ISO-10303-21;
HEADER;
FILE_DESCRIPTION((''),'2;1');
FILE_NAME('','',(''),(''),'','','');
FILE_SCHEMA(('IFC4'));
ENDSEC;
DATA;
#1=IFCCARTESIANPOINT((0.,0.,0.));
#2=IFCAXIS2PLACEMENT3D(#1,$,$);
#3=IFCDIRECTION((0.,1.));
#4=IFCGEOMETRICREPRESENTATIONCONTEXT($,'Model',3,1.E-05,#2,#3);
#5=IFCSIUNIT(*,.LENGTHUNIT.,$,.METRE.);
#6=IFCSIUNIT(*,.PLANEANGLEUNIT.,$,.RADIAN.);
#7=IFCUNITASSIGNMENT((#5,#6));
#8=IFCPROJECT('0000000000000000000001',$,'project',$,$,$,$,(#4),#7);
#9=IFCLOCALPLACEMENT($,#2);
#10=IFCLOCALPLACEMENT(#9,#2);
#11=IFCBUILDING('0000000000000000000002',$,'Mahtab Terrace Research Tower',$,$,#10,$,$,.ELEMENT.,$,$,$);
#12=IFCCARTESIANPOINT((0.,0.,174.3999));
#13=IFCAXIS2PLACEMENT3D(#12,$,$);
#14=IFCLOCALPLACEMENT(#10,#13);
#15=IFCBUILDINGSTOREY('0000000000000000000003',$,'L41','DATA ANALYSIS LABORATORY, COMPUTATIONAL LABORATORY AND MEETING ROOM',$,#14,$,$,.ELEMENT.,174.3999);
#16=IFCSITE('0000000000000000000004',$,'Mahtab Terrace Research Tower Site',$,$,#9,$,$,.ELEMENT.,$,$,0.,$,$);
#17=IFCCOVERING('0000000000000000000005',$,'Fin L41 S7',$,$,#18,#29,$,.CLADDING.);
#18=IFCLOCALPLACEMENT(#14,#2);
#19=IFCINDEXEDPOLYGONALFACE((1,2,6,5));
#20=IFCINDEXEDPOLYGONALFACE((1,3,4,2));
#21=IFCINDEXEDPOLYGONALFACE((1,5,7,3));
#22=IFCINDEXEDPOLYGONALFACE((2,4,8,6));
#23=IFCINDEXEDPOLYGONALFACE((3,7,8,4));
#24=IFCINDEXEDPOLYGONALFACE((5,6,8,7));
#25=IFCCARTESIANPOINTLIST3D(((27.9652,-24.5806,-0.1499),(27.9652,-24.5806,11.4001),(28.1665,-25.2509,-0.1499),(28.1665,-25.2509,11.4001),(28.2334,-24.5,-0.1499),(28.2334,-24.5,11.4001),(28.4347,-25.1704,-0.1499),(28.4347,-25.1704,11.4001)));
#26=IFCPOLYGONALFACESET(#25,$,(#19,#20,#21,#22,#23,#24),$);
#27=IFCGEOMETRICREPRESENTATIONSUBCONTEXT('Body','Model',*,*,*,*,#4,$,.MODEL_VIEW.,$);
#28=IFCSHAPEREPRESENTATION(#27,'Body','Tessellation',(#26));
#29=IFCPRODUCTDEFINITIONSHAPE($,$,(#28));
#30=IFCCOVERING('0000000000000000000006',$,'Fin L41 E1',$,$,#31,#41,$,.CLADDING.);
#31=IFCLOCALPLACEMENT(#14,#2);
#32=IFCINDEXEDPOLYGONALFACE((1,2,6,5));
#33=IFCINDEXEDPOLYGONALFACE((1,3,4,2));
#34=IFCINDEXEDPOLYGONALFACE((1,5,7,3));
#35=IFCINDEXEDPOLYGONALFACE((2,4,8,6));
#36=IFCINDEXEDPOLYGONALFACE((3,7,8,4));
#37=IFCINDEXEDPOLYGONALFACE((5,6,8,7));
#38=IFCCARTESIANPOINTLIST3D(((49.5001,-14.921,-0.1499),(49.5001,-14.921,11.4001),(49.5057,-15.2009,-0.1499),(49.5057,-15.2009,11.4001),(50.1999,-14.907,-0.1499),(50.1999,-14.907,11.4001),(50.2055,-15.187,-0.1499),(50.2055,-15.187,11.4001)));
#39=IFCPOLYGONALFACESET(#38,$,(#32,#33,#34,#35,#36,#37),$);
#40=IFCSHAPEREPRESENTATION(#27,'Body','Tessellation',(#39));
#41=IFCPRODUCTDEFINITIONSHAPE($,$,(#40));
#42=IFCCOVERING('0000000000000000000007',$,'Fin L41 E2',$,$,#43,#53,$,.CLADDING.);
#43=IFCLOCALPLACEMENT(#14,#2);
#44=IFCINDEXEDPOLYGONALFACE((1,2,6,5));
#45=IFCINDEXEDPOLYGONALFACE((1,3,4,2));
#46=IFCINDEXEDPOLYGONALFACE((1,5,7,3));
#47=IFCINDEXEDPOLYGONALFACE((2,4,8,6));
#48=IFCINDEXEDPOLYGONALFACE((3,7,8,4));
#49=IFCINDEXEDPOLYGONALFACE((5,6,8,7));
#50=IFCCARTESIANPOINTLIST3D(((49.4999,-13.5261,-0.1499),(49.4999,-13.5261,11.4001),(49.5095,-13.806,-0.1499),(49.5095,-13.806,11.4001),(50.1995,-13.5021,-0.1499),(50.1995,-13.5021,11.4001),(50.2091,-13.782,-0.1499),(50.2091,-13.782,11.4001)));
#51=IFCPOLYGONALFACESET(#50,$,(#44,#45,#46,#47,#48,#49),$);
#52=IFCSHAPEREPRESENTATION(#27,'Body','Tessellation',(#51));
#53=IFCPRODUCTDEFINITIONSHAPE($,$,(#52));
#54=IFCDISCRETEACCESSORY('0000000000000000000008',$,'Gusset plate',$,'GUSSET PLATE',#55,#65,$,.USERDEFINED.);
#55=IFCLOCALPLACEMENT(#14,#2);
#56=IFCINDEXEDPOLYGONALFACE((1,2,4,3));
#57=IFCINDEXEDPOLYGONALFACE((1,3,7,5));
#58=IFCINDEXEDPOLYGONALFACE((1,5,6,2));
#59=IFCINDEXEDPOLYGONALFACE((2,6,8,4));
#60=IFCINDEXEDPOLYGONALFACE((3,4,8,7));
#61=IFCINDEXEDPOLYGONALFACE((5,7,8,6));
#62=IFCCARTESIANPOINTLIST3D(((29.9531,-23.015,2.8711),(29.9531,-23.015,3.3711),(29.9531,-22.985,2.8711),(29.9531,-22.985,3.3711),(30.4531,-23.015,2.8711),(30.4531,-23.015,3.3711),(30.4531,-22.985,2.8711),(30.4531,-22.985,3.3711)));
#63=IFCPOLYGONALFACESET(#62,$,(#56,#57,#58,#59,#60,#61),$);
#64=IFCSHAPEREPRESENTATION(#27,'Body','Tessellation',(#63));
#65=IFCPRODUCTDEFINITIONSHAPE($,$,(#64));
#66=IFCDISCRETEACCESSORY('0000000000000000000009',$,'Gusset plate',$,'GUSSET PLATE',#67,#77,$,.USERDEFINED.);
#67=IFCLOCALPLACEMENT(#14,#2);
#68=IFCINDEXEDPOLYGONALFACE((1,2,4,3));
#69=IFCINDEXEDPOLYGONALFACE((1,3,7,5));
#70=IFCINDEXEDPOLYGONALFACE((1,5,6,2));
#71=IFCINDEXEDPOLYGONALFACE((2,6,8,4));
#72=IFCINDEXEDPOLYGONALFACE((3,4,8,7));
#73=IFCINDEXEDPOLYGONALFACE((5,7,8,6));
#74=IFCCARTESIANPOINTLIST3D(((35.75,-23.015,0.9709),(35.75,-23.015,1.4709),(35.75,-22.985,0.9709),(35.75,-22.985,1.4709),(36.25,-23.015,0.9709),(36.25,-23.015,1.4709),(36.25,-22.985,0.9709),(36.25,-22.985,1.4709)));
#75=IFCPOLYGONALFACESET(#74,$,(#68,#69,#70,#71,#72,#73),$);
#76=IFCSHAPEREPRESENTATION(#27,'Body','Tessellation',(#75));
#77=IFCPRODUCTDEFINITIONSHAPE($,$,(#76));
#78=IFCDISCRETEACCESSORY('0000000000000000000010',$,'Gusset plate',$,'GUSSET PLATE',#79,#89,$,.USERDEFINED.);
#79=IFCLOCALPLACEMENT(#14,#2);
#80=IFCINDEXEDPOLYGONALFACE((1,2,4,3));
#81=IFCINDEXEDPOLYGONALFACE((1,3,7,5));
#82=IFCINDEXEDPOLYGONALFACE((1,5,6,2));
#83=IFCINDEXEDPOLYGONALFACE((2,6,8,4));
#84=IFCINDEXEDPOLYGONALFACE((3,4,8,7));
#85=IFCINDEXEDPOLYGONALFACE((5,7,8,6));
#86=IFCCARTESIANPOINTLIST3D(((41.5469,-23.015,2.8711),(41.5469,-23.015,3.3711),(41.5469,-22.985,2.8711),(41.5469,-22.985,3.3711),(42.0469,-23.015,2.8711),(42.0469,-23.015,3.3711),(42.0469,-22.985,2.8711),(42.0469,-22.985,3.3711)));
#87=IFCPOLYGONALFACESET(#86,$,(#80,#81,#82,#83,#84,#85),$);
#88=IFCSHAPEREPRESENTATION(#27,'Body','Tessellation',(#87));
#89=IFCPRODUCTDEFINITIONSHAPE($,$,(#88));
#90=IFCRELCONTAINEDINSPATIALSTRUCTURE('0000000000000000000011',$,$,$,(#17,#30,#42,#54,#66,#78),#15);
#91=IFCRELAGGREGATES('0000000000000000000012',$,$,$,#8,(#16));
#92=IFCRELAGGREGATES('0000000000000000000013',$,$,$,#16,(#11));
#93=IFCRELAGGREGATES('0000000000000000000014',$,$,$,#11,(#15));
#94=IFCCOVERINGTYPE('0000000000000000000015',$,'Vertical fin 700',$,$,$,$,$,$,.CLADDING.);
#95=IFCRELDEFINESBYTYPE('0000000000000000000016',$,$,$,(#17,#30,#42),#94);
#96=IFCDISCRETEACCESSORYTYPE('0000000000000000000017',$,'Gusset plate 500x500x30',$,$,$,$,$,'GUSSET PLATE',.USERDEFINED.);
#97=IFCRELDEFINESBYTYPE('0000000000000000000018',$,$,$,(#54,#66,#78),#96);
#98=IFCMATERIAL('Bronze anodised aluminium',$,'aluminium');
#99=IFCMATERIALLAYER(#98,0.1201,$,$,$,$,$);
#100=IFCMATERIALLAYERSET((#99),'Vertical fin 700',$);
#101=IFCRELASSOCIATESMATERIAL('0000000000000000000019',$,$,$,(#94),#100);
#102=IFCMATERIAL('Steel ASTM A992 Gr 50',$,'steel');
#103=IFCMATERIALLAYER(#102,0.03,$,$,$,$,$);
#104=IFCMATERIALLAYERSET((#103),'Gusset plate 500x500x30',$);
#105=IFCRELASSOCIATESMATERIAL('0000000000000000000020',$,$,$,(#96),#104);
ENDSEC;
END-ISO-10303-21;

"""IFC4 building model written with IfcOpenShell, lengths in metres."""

from ifc_helpers import new_model, si_unit, direction, frame, origin, origin_2d, place, context, subcontext, project, spatial, rectangle, extrude, material, layer, layer_set, type_object, element, save


model = new_model("IFC4")

# Units and contexts
model_context = context("Model", 3, precision=1e-05, world=origin(), true_north=direction((0.0, 1.0)))
body_context = subcontext(model_context, "Body", "Model", "MODEL_VIEW")
ifc_project = project(units=[si_unit("LENGTHUNIT", "METRE"), si_unit("PLANEANGLEUNIT", "RADIAN")], contexts=[model_context])

# Site, building, storey
site_placement = place(None, origin())
site = spatial("IfcSite", under=ifc_project, at=site_placement, Name="Mahtab Terrace Research Tower Site", CompositionType="ELEMENT", RefElevation=0.0)
building_placement = place(site_placement, origin())
building = spatial("IfcBuilding", under=site, at=building_placement, Name="Mahtab Terrace Research Tower", CompositionType="ELEMENT")
storey_placement = place(building_placement, frame((0.0, 0.0, 174.3999)))
storey = spatial("IfcBuildingStorey", under=building, at=storey_placement, Name="L41", Description="DATA ANALYSIS LABORATORY, COMPUTATIONAL LABORATORY AND MEETING ROOM", CompositionType="ELEMENT", Elevation=174.3999)

# Shared definitions
ifc_material_1 = material(Name="Steel ASTM A992 Gr 50", Category="steel")

# Coverings
ifc_material_2 = material(Name="Bronze anodised aluminium", Category="aluminium")
ifc_layer_1 = layer(ifc_material_2, 0.1201)
ifc_layer_set_1 = layer_set([ifc_layer_1], Name="Vertical fin 700")
covering_type_1 = type_object("IfcCoveringType", Name="Vertical fin 700", PredefinedType="CLADDING", material=ifc_layer_set_1)
for number, where, z_axis, x_axis, name in (
    (1, (28.2, -24.8755, -0.1499), (0.0, 0.0, 1.0), (0.957751, 0.287599, 0.0), "Fin L41 S7"),
    (2, (49.8528, -15.054, -0.1499), (0.0, 0.0, 1.0), (-0.019978, 0.9998, 0.0), "Fin L41 E1"),
    (3, (49.8545, -13.6541, -0.1499), (0.0, 0.0, 1.0), (-0.034345, 0.99941, 0.0), "Fin L41 E2"),
):
    element("IfcCovering", number, at=place(storey_placement, frame(where, z_axis=z_axis, x_axis=x_axis)), inside=storey, type_object=covering_type_1, Name=name, PredefinedType="CLADDING", context=body_context, shape_type="SweptSolid", body=[
        extrude(rectangle(XDim=0.28, YDim=0.7, at=origin_2d()), origin(), (0.0, 0.0, 1.0), 11.55),
    ])

# Discrete accessories
ifc_layer_2 = layer(ifc_material_1, 0.03)
ifc_layer_set_2 = layer_set([ifc_layer_2], Name="Gusset plate 500x500x30")
discrete_accessory_type = type_object("IfcDiscreteAccessoryType", Name="Gusset plate 500x500x30", ElementType="GUSSET PLATE", PredefinedType="USERDEFINED", material=ifc_layer_set_2)
for number, where, z_axis, x_axis, name in (
    (4, (30.2031, -23.0, 2.8711), (0.0, 0.0, 1.0), (1.0, 0.0, 0.0), "Gusset plate"),
    (5, (36.0, -23.0, 0.9709), (0.0, 0.0, 1.0), (1.0, 0.0, 0.0), "Gusset plate"),
    (6, (41.7969, -23.0, 2.8711), (0.0, 0.0, 1.0), (1.0, 0.0, 0.0), "Gusset plate"),
):
    element("IfcDiscreteAccessory", number, at=place(storey_placement, frame(where, z_axis=z_axis, x_axis=x_axis)), inside=storey, type_object=discrete_accessory_type, Name=name, ObjectType="GUSSET PLATE", PredefinedType="USERDEFINED", context=body_context, shape_type="SweptSolid", body=[
        extrude(rectangle(XDim=0.5, YDim=0.03, at=origin_2d()), origin(), (0.0, 0.0, 1.0), 0.5),
    ])

save(model, "model.ifc")
